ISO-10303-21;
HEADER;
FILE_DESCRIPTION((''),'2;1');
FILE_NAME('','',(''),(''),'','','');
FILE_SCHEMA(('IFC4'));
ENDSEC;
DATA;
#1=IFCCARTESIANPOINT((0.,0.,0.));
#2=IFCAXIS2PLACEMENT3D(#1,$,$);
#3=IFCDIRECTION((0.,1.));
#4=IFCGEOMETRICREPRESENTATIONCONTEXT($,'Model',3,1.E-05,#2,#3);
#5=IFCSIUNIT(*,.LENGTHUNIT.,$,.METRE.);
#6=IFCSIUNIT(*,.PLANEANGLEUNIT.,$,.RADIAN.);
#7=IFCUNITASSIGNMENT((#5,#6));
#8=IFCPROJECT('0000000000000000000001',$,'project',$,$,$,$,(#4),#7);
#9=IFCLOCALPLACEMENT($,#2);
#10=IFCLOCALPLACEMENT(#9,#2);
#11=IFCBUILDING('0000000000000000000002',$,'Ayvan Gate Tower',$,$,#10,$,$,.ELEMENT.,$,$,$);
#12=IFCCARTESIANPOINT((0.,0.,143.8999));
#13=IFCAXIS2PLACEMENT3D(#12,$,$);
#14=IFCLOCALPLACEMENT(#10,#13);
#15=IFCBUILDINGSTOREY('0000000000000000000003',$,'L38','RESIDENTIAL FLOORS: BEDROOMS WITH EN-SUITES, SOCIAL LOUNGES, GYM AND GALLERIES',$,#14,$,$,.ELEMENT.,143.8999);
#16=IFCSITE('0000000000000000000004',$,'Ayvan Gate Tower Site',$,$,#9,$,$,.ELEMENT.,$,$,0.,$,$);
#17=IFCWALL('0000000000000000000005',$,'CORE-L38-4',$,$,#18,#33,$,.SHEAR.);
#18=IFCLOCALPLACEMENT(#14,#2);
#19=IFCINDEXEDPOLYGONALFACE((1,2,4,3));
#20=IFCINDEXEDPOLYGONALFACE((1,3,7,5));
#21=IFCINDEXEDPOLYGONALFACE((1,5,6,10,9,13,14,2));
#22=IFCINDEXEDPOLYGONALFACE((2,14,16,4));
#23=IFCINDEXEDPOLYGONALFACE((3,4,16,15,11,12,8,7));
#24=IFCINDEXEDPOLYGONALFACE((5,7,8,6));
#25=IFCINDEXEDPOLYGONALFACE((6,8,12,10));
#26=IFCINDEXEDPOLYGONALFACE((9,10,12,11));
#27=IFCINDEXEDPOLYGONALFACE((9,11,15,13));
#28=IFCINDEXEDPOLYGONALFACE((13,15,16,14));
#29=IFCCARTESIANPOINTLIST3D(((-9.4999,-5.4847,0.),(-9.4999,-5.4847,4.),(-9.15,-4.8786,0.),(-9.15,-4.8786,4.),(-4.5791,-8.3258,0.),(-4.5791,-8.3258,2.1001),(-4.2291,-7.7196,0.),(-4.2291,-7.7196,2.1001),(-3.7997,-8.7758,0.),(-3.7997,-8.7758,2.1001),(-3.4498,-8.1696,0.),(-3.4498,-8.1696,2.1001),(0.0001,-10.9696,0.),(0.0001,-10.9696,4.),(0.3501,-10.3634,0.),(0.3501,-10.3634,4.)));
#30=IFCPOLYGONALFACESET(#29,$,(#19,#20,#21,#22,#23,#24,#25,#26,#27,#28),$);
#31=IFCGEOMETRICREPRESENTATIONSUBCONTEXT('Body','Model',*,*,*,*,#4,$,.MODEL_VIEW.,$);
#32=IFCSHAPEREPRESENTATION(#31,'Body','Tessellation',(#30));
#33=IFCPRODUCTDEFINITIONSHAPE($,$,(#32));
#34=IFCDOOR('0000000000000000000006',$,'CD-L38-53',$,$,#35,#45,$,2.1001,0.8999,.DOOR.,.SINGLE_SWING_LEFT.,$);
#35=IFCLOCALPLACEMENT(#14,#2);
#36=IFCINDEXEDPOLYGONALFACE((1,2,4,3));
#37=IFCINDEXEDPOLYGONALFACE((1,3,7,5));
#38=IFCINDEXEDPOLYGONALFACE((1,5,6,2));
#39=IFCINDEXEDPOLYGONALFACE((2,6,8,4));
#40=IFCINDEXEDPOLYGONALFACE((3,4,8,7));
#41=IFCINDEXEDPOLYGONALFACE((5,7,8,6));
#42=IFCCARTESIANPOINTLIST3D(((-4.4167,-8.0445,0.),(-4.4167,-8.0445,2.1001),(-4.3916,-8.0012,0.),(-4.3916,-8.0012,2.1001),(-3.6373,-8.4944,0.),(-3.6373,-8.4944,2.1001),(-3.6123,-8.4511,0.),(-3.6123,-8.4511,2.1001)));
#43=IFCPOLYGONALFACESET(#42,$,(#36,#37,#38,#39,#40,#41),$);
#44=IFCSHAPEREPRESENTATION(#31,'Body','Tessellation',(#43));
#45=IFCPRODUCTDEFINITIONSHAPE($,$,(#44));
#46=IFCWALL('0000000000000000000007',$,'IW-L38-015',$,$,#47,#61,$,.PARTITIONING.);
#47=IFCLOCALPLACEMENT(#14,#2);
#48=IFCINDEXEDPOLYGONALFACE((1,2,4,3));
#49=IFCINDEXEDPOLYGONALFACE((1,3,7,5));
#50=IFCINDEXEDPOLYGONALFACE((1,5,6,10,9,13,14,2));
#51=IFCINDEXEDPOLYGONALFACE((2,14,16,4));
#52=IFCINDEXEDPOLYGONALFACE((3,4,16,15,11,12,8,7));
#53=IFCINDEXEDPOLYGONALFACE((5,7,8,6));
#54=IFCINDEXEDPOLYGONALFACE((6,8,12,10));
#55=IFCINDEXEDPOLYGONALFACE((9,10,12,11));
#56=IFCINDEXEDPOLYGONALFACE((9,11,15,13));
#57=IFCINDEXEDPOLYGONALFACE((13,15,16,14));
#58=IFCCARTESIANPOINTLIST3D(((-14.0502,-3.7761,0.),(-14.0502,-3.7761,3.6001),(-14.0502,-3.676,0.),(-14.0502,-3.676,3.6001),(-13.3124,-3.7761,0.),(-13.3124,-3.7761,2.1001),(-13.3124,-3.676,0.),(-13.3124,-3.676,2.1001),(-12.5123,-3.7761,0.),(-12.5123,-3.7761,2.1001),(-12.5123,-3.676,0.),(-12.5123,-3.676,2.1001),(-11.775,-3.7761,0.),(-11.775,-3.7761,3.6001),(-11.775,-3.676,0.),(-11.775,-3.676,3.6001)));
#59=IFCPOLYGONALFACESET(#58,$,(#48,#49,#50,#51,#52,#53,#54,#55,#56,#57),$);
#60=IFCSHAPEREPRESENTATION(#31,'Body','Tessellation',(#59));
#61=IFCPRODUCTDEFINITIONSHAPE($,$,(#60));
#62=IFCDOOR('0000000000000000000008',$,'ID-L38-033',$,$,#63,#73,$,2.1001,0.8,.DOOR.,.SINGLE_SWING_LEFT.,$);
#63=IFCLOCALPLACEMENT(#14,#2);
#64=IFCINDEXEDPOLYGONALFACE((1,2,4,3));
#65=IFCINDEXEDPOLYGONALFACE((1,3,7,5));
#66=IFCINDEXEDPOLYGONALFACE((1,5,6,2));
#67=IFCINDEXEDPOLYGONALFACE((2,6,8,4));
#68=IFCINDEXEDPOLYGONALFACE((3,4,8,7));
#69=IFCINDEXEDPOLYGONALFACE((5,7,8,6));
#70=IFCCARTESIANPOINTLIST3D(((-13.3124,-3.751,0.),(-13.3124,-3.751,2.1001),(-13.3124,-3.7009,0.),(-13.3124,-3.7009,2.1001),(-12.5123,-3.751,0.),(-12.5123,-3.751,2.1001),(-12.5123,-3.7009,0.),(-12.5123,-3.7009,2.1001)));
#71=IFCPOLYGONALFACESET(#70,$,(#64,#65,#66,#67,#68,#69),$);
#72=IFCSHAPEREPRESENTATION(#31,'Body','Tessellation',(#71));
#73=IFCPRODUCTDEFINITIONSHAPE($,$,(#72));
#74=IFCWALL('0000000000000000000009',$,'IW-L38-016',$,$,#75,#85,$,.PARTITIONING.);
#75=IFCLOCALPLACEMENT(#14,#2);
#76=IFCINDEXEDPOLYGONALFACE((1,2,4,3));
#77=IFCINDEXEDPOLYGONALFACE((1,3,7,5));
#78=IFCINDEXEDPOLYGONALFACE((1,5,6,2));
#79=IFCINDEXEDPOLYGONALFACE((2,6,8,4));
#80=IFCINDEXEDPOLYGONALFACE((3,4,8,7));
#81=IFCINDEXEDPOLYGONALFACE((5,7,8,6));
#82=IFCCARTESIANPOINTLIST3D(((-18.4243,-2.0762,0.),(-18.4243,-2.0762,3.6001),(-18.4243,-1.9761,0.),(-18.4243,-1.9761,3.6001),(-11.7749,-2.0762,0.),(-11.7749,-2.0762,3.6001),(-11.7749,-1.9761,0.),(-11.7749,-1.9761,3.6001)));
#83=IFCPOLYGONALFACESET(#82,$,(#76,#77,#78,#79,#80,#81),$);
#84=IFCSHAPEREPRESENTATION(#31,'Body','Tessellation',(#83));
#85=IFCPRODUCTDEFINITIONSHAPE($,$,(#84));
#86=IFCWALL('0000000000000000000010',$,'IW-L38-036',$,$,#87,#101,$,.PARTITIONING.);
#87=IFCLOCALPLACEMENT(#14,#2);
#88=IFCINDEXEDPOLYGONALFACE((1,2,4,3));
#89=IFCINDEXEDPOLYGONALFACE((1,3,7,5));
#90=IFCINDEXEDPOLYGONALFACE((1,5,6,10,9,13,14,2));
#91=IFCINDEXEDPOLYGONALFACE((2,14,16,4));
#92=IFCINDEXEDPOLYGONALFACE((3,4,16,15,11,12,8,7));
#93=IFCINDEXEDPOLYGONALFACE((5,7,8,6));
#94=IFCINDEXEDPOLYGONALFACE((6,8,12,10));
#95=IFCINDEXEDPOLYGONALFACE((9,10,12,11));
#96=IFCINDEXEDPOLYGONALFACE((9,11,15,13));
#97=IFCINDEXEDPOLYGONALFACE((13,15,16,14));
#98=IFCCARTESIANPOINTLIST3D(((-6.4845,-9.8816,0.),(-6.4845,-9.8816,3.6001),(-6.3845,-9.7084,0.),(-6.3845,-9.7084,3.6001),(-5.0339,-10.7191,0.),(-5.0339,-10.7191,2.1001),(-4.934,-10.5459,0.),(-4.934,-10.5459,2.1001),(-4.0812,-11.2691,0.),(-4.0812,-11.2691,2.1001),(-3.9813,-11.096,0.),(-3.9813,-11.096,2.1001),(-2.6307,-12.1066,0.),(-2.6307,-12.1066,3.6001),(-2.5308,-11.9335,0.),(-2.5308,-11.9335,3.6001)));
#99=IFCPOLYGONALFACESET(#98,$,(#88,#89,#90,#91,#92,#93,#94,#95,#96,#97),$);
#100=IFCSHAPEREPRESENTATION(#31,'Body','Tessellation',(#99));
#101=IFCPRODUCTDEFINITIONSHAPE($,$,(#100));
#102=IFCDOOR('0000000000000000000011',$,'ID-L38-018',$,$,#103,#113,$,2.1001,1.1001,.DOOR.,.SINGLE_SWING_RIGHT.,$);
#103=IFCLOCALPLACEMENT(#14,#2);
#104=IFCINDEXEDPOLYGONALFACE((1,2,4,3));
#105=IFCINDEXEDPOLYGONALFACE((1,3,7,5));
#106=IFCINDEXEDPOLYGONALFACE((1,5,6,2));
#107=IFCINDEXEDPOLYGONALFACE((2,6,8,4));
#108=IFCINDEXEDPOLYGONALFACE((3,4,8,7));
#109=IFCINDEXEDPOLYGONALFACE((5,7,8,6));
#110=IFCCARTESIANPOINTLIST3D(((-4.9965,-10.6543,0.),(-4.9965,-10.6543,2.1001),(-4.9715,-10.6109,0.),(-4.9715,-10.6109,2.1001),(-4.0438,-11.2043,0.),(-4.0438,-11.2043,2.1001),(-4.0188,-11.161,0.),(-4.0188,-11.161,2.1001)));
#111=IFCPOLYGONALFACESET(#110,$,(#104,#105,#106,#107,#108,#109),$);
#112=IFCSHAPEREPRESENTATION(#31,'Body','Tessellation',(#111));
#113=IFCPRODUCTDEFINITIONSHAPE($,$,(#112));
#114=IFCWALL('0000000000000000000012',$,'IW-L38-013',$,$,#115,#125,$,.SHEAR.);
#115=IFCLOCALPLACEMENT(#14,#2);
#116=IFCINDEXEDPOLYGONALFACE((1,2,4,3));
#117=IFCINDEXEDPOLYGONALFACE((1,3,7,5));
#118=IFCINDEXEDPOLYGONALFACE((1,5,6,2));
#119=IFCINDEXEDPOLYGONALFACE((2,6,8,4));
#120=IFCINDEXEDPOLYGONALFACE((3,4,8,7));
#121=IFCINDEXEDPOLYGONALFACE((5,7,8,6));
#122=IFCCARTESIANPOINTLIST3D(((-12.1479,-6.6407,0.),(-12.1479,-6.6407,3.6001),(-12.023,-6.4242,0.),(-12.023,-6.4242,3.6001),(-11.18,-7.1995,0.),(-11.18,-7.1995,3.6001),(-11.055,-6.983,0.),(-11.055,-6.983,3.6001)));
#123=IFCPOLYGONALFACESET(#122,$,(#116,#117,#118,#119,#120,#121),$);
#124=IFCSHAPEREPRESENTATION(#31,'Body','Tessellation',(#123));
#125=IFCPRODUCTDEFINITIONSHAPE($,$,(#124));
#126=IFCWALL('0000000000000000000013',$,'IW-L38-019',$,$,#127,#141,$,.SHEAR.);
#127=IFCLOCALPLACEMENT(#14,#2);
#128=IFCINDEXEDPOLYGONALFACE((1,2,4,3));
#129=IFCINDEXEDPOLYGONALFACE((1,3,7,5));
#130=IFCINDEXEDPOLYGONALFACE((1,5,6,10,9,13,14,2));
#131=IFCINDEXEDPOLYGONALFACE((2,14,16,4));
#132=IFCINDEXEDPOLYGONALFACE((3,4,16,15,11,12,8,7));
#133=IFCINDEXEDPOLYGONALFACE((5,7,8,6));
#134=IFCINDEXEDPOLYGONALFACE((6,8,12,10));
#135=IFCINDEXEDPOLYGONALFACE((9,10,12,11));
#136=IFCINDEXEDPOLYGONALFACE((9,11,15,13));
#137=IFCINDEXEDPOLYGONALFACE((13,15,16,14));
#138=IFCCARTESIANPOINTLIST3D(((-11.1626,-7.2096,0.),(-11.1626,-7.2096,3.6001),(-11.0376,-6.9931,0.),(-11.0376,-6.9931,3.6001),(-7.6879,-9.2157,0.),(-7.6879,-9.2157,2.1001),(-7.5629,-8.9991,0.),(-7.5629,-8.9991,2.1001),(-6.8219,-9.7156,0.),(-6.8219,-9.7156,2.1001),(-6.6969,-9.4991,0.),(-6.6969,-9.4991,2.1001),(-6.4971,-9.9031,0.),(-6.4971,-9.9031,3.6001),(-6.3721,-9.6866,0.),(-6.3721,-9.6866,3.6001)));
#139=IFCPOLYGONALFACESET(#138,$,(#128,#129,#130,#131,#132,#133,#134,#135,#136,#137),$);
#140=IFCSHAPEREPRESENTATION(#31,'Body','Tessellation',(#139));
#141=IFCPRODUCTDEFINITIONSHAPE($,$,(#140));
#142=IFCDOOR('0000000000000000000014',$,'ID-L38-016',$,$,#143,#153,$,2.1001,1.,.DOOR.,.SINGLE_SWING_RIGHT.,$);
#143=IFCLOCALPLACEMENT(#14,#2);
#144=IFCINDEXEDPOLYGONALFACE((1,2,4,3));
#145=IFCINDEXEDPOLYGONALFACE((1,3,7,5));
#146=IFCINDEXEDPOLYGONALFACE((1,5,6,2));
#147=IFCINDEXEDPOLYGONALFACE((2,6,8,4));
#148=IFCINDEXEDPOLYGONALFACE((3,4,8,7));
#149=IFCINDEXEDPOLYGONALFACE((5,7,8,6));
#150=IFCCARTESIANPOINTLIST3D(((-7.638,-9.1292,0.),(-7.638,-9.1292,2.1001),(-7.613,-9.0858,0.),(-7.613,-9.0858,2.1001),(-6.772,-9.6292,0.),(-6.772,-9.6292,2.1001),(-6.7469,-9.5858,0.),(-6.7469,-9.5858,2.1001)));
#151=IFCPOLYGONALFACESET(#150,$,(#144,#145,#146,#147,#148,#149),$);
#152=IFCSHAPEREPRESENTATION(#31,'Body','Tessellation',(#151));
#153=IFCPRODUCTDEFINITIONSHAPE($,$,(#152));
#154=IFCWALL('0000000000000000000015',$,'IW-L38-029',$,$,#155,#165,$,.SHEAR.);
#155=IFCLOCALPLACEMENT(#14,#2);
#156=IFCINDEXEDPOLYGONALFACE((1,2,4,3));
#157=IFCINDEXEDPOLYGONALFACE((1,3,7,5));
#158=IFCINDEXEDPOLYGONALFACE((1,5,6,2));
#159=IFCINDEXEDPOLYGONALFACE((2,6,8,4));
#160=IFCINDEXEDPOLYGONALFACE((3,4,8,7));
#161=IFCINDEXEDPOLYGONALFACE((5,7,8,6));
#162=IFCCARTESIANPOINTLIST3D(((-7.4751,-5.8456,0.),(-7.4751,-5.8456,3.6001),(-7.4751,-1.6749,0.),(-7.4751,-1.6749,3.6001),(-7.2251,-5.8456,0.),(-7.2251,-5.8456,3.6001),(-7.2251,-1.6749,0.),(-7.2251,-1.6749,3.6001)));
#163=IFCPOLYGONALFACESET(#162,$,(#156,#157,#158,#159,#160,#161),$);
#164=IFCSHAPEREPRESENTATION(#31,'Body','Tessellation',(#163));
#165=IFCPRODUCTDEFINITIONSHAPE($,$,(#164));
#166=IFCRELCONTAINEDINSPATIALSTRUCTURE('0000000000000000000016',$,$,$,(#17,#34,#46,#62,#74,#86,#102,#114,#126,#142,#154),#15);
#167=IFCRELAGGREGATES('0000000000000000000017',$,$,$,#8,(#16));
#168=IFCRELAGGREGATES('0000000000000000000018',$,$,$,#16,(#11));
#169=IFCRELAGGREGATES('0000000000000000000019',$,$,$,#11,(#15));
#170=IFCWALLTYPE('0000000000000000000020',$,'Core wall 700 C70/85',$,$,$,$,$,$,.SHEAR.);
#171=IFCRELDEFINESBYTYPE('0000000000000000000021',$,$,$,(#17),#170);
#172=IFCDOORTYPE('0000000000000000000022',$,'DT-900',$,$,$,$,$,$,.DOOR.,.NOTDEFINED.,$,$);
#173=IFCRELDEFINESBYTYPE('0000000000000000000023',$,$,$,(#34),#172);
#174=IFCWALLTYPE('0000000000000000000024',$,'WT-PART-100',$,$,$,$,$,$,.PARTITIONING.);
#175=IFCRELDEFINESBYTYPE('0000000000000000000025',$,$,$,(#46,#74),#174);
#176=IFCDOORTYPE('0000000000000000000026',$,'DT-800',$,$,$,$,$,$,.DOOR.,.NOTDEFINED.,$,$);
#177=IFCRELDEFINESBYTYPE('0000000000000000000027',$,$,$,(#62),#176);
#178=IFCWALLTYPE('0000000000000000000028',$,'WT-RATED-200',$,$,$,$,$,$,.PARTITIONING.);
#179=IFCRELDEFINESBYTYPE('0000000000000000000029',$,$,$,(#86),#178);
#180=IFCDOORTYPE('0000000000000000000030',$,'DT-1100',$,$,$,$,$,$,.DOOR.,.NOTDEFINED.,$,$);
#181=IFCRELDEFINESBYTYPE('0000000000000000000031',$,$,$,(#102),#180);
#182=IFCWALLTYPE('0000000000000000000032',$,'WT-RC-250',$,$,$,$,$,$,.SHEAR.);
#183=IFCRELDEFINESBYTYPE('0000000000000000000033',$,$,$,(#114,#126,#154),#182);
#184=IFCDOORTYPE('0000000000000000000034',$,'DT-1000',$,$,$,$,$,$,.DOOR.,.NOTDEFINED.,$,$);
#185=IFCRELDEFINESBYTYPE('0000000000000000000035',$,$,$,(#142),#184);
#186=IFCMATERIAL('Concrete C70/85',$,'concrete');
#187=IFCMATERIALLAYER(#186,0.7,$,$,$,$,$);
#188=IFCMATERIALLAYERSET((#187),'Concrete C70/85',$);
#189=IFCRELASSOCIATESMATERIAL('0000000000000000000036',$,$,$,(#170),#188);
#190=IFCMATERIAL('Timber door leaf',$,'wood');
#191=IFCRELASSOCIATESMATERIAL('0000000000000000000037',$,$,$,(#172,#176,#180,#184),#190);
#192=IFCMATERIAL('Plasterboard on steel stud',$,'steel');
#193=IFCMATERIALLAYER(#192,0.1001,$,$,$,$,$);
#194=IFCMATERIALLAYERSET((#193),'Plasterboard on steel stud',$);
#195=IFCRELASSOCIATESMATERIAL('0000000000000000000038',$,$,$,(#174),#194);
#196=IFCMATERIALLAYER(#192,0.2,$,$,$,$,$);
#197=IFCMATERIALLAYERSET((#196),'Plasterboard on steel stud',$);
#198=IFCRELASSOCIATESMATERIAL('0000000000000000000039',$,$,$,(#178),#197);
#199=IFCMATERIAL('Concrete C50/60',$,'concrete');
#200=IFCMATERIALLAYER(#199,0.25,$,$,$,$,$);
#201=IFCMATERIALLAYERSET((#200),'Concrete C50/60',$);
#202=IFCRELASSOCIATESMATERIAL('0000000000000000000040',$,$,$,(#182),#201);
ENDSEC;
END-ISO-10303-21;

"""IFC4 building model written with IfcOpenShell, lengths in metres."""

from ifc_helpers import new_model, si_unit, direction, frame, frame_2d, origin, place, context, subcontext, project, spatial, rectangle, extrude, material, layer, layer_set, type_object, element, fill, save


model = new_model("IFC4")

# Units and contexts
model_context = context("Model", 3, precision=1e-05, world=origin(), true_north=direction((0.0, 1.0)))
body_context = subcontext(model_context, "Body", "Model", "MODEL_VIEW")
ifc_project = project(units=[si_unit("LENGTHUNIT", "METRE"), si_unit("PLANEANGLEUNIT", "RADIAN")], contexts=[model_context])

# Site, building, storey
site_placement = place(None, origin())
site = spatial("IfcSite", under=ifc_project, at=site_placement, Name="Ayvan Gate Tower Site", CompositionType="ELEMENT", RefElevation=0.0)
building_placement = place(site_placement, origin())
building = spatial("IfcBuilding", under=site, at=building_placement, Name="Ayvan Gate Tower", CompositionType="ELEMENT")
storey_placement = place(building_placement, frame((0.0, 0.0, 143.8999)))
storey = spatial("IfcBuildingStorey", under=building, at=storey_placement, Name="L38", Description="RESIDENTIAL FLOORS: BEDROOMS WITH EN-SUITES, SOCIAL LOUNGES, GYM AND GALLERIES", CompositionType="ELEMENT", Elevation=143.8999)

# Walls, openings, doors
ifc_material_1 = material(Name="Concrete C70/85", Category="concrete")
ifc_layer_1 = layer(ifc_material_1, 0.7)
ifc_layer_set_1 = layer_set([ifc_layer_1], Name="Concrete C70/85")
wall_type_1 = type_object("IfcWallType", Name="Core wall 700 C70/85", PredefinedType="SHEAR", material=ifc_layer_set_1)
wall_1_placement = place(storey_placement, frame((-9.325, -5.1816, 0.0), z_axis=(0.0, 0.0, 1.0), x_axis=(0.866024, -0.500002, 0.0)))
wall_1 = element("IfcWall", 1, at=wall_1_placement, inside=storey, type_object=wall_type_1, Name="CORE-L38-4", PredefinedType="SHEAR", context=body_context, shape_type="SweptSolid", body=[
    extrude(rectangle(XDim=10.9697, YDim=0.7, at=frame_2d((5.4849, 0.0))), origin(), (0.0, 0.0, 1.0), 4.0),
])
opening_1_placement = place(wall_1_placement, frame((5.6821, 0.0, 0.0)))
opening_1 = element("IfcOpeningElement", 2, at=opening_1_placement, cuts=wall_1, PredefinedType="OPENING", context=body_context, shape_type="SweptSolid", body=[
    extrude(rectangle(XDim=0.8999, YDim=2.1001, at=frame_2d((0.45, 1.05))), frame((0.0, 0.3599, 0.0), z_axis=(0.0, -1.0, 0.0), x_axis=(1.0, 0.0, 0.0)), (0.0, 0.0, 1.0), 0.72),
])
ifc_material_2 = material(Name="Timber door leaf", Category="wood")
door_type_1 = type_object("IfcDoorType", Name="DT-900", OperationType="NOTDEFINED", PredefinedType="DOOR", material=ifc_material_2)
door_1_placement = place(opening_1_placement, origin())
door_1 = element("IfcDoor", 3, at=door_1_placement, inside=storey, type_object=door_type_1, Name="CD-L38-53", OperationType="SINGLE_SWING_LEFT", OverallHeight=2.1001, OverallWidth=0.8999, PredefinedType="DOOR", context=body_context, shape_type="SweptSolid", body=[
    extrude(rectangle(XDim=0.8999, YDim=2.1001, at=frame_2d((0.45, 1.05))), frame((0.0, 0.0249, 0.0), z_axis=(0.0, -1.0, 0.0), x_axis=(1.0, 0.0, 0.0)), (0.0, 0.0, 1.0), 0.05),
])
fill(opening_1, door_1)
ifc_material_3 = material(Name="Plasterboard on steel stud", Category="steel")
ifc_layer_2 = layer(ifc_material_3, 0.1001)
ifc_layer_set_2 = layer_set([ifc_layer_2], Name="Plasterboard on steel stud")
wall_type_2 = type_object("IfcWallType", Name="WT-PART-100", PredefinedType="PARTITIONING", material=ifc_layer_set_2)
wall_2_placement = place(storey_placement, frame((-11.7749, -3.7261, 0.0), z_axis=(0.0, 0.0, 1.0), x_axis=(-1.0, 0.0, 0.0)))
wall_2 = element("IfcWall", 4, at=wall_2_placement, inside=storey, type_object=wall_type_2, Name="IW-L38-015", PredefinedType="PARTITIONING", context=body_context, shape_type="SweptSolid", body=[
    extrude(rectangle(XDim=2.2751, YDim=0.1001, at=frame_2d((1.1377, 0.0))), origin(), (0.0, 0.0, 1.0), 3.6001),
])
opening_2_placement = place(wall_2_placement, frame((0.7375, 0.0, 0.0)))
opening_2 = element("IfcOpeningElement", 5, at=opening_2_placement, cuts=wall_2, PredefinedType="OPENING", context=body_context, shape_type="SweptSolid", body=[
    extrude(rectangle(XDim=0.8, YDim=2.1001, at=frame_2d((0.3999, 1.05))), frame((0.0, 0.0601, 0.0), z_axis=(0.0, -1.0, 0.0), x_axis=(1.0, 0.0, 0.0)), (0.0, 0.0, 1.0), 0.1201),
])
door_type_2 = type_object("IfcDoorType", Name="DT-800", OperationType="NOTDEFINED", PredefinedType="DOOR", material=ifc_material_2)
door_2_placement = place(opening_2_placement, origin())
door_2 = element("IfcDoor", 6, at=door_2_placement, inside=storey, type_object=door_type_2, Name="ID-L38-033", OperationType="SINGLE_SWING_LEFT", OverallHeight=2.1001, OverallWidth=0.8, PredefinedType="DOOR", context=body_context, shape_type="SweptSolid", body=[
    extrude(rectangle(XDim=0.8, YDim=2.1001, at=frame_2d((0.3999, 1.05))), frame((0.0, 0.0249, 0.0), z_axis=(0.0, -1.0, 0.0), x_axis=(1.0, 0.0, 0.0)), (0.0, 0.0, 1.0), 0.05),
])
fill(opening_2, door_2)

# Wall
wall_3_placement = place(storey_placement, frame((-11.7749, -2.0261, 0.0), z_axis=(0.0, 0.0, 1.0), x_axis=(-1.0, 0.0, 0.0)))
element("IfcWall", 7, at=wall_3_placement, inside=storey, type_object=wall_type_2, Name="IW-L38-016", PredefinedType="PARTITIONING", context=body_context, shape_type="SweptSolid", body=[
    extrude(rectangle(XDim=6.6494, YDim=0.1001, at=frame_2d((3.3247, 0.0))), origin(), (0.0, 0.0, 1.0), 3.6001),
])

# Wall, opening, door
ifc_layer_3 = layer(ifc_material_3, 0.2)
ifc_layer_set_3 = layer_set([ifc_layer_3], Name="Plasterboard on steel stud")
wall_type_3 = type_object("IfcWallType", Name="WT-RATED-200", PredefinedType="PARTITIONING", material=ifc_layer_set_3)
wall_4_placement = place(storey_placement, frame((-6.4346, -9.7949, 0.0), z_axis=(0.0, 0.0, 1.0), x_axis=(0.866013, -0.500022, 0.0)))
wall_4 = element("IfcWall", 8, at=wall_4_placement, inside=storey, type_object=wall_type_3, Name="IW-L38-036", PredefinedType="PARTITIONING", context=body_context, shape_type="SweptSolid", body=[
    extrude(rectangle(XDim=4.45, YDim=0.2, at=frame_2d((2.2251, 0.0))), origin(), (0.0, 0.0, 1.0), 3.6001),
])
opening_3_placement = place(wall_4_placement, frame((1.675, 0.0, 0.0)))
opening_3 = element("IfcOpeningElement", 9, at=opening_3_placement, cuts=wall_4, PredefinedType="OPENING", context=body_context, shape_type="SweptSolid", body=[
    extrude(rectangle(XDim=1.1001, YDim=2.1001, at=frame_2d((0.55, 1.05))), frame((0.0, 0.1099, 0.0), z_axis=(0.0, -1.0, 0.0), x_axis=(1.0, 0.0, 0.0)), (0.0, 0.0, 1.0), 0.22),
])
door_type_3 = type_object("IfcDoorType", Name="DT-1100", OperationType="NOTDEFINED", PredefinedType="DOOR", material=ifc_material_2)
door_3_placement = place(opening_3_placement, origin())
door_3 = element("IfcDoor", 10, at=door_3_placement, inside=storey, type_object=door_type_3, Name="ID-L38-018", OperationType="SINGLE_SWING_RIGHT", OverallHeight=2.1001, OverallWidth=1.1001, PredefinedType="DOOR", context=body_context, shape_type="SweptSolid", body=[
    extrude(rectangle(XDim=1.1001, YDim=2.1001, at=frame_2d((0.55, 1.05))), frame((0.0, 0.0249, 0.0), z_axis=(0.0, -1.0, 0.0), x_axis=(1.0, 0.0, 0.0)), (0.0, 0.0, 1.0), 0.05),
])
fill(opening_3, door_3)

# Wall
ifc_material_4 = material(Name="Concrete C50/60", Category="concrete")
ifc_layer_4 = layer(ifc_material_4, 0.25)
ifc_layer_set_4 = layer_set([ifc_layer_4], Name="Concrete C50/60")
wall_type_4 = type_object("IfcWallType", Name="WT-RC-250", PredefinedType="SHEAR", material=ifc_layer_set_4)
wall_5_placement = place(storey_placement, frame((-12.0854, -6.5325, 0.0), z_axis=(0.0, 0.0, 1.0), x_axis=(0.866044, -0.499968, 0.0)))
element("IfcWall", 11, at=wall_5_placement, inside=storey, type_object=wall_type_4, Name="IW-L38-013", PredefinedType="SHEAR", context=body_context, shape_type="SweptSolid", body=[
    extrude(rectangle(XDim=1.1177, YDim=0.25, at=frame_2d((0.5588, 0.0))), origin(), (0.0, 0.0, 1.0), 3.6001),
])

# Wall, opening, door
wall_6_placement = place(storey_placement, frame((-11.1001, -7.1013, 0.0), z_axis=(0.0, 0.0, 1.0), x_axis=(0.866029, -0.499994, 0.0)))
wall_6 = element("IfcWall", 12, at=wall_6_placement, inside=storey, type_object=wall_type_4, Name="IW-L38-019", PredefinedType="SHEAR", context=body_context, shape_type="SweptSolid", body=[
    extrude(rectangle(XDim=5.3872, YDim=0.25, at=frame_2d((2.6936, 0.0))), origin(), (0.0, 0.0, 1.0), 3.6001),
])
opening_4_placement = place(wall_6_placement, frame((4.0122, 0.0, 0.0)))
opening_4 = element("IfcOpeningElement", 13, at=opening_4_placement, cuts=wall_6, PredefinedType="OPENING", context=body_context, shape_type="SweptSolid", body=[
    extrude(rectangle(XDim=1.0, YDim=2.1001, at=frame_2d((0.5, 1.05))), frame((0.0, 0.135, 0.0), z_axis=(0.0, -1.0, 0.0), x_axis=(1.0, 0.0, 0.0)), (0.0, 0.0, 1.0), 0.27),
])
door_type_4 = type_object("IfcDoorType", Name="DT-1000", OperationType="NOTDEFINED", PredefinedType="DOOR", material=ifc_material_2)
door_4_placement = place(opening_4_placement, origin())
door_4 = element("IfcDoor", 14, at=door_4_placement, inside=storey, type_object=door_type_4, Name="ID-L38-016", OperationType="SINGLE_SWING_RIGHT", OverallHeight=2.1001, OverallWidth=1.0, PredefinedType="DOOR", context=body_context, shape_type="SweptSolid", body=[
    extrude(rectangle(XDim=1.0, YDim=2.1001, at=frame_2d((0.5, 1.05))), frame((0.0, 0.0249, 0.0), z_axis=(0.0, -1.0, 0.0), x_axis=(1.0, 0.0, 0.0)), (0.0, 0.0, 1.0), 0.05),
])
fill(opening_4, door_4)

# Wall
wall_7_placement = place(storey_placement, frame((-7.3501, -5.8457, 0.0), z_axis=(0.0, 0.0, 1.0), x_axis=(0.0, 1.0, 0.0)))
element("IfcWall", 15, at=wall_7_placement, inside=storey, type_object=wall_type_4, Name="IW-L38-029", PredefinedType="SHEAR", context=body_context, shape_type="SweptSolid", body=[
    extrude(rectangle(XDim=4.1707, YDim=0.25, at=frame_2d((2.0854, 0.0))), origin(), (0.0, 0.0, 1.0), 3.6001),
])

save(model, "model.ifc")
